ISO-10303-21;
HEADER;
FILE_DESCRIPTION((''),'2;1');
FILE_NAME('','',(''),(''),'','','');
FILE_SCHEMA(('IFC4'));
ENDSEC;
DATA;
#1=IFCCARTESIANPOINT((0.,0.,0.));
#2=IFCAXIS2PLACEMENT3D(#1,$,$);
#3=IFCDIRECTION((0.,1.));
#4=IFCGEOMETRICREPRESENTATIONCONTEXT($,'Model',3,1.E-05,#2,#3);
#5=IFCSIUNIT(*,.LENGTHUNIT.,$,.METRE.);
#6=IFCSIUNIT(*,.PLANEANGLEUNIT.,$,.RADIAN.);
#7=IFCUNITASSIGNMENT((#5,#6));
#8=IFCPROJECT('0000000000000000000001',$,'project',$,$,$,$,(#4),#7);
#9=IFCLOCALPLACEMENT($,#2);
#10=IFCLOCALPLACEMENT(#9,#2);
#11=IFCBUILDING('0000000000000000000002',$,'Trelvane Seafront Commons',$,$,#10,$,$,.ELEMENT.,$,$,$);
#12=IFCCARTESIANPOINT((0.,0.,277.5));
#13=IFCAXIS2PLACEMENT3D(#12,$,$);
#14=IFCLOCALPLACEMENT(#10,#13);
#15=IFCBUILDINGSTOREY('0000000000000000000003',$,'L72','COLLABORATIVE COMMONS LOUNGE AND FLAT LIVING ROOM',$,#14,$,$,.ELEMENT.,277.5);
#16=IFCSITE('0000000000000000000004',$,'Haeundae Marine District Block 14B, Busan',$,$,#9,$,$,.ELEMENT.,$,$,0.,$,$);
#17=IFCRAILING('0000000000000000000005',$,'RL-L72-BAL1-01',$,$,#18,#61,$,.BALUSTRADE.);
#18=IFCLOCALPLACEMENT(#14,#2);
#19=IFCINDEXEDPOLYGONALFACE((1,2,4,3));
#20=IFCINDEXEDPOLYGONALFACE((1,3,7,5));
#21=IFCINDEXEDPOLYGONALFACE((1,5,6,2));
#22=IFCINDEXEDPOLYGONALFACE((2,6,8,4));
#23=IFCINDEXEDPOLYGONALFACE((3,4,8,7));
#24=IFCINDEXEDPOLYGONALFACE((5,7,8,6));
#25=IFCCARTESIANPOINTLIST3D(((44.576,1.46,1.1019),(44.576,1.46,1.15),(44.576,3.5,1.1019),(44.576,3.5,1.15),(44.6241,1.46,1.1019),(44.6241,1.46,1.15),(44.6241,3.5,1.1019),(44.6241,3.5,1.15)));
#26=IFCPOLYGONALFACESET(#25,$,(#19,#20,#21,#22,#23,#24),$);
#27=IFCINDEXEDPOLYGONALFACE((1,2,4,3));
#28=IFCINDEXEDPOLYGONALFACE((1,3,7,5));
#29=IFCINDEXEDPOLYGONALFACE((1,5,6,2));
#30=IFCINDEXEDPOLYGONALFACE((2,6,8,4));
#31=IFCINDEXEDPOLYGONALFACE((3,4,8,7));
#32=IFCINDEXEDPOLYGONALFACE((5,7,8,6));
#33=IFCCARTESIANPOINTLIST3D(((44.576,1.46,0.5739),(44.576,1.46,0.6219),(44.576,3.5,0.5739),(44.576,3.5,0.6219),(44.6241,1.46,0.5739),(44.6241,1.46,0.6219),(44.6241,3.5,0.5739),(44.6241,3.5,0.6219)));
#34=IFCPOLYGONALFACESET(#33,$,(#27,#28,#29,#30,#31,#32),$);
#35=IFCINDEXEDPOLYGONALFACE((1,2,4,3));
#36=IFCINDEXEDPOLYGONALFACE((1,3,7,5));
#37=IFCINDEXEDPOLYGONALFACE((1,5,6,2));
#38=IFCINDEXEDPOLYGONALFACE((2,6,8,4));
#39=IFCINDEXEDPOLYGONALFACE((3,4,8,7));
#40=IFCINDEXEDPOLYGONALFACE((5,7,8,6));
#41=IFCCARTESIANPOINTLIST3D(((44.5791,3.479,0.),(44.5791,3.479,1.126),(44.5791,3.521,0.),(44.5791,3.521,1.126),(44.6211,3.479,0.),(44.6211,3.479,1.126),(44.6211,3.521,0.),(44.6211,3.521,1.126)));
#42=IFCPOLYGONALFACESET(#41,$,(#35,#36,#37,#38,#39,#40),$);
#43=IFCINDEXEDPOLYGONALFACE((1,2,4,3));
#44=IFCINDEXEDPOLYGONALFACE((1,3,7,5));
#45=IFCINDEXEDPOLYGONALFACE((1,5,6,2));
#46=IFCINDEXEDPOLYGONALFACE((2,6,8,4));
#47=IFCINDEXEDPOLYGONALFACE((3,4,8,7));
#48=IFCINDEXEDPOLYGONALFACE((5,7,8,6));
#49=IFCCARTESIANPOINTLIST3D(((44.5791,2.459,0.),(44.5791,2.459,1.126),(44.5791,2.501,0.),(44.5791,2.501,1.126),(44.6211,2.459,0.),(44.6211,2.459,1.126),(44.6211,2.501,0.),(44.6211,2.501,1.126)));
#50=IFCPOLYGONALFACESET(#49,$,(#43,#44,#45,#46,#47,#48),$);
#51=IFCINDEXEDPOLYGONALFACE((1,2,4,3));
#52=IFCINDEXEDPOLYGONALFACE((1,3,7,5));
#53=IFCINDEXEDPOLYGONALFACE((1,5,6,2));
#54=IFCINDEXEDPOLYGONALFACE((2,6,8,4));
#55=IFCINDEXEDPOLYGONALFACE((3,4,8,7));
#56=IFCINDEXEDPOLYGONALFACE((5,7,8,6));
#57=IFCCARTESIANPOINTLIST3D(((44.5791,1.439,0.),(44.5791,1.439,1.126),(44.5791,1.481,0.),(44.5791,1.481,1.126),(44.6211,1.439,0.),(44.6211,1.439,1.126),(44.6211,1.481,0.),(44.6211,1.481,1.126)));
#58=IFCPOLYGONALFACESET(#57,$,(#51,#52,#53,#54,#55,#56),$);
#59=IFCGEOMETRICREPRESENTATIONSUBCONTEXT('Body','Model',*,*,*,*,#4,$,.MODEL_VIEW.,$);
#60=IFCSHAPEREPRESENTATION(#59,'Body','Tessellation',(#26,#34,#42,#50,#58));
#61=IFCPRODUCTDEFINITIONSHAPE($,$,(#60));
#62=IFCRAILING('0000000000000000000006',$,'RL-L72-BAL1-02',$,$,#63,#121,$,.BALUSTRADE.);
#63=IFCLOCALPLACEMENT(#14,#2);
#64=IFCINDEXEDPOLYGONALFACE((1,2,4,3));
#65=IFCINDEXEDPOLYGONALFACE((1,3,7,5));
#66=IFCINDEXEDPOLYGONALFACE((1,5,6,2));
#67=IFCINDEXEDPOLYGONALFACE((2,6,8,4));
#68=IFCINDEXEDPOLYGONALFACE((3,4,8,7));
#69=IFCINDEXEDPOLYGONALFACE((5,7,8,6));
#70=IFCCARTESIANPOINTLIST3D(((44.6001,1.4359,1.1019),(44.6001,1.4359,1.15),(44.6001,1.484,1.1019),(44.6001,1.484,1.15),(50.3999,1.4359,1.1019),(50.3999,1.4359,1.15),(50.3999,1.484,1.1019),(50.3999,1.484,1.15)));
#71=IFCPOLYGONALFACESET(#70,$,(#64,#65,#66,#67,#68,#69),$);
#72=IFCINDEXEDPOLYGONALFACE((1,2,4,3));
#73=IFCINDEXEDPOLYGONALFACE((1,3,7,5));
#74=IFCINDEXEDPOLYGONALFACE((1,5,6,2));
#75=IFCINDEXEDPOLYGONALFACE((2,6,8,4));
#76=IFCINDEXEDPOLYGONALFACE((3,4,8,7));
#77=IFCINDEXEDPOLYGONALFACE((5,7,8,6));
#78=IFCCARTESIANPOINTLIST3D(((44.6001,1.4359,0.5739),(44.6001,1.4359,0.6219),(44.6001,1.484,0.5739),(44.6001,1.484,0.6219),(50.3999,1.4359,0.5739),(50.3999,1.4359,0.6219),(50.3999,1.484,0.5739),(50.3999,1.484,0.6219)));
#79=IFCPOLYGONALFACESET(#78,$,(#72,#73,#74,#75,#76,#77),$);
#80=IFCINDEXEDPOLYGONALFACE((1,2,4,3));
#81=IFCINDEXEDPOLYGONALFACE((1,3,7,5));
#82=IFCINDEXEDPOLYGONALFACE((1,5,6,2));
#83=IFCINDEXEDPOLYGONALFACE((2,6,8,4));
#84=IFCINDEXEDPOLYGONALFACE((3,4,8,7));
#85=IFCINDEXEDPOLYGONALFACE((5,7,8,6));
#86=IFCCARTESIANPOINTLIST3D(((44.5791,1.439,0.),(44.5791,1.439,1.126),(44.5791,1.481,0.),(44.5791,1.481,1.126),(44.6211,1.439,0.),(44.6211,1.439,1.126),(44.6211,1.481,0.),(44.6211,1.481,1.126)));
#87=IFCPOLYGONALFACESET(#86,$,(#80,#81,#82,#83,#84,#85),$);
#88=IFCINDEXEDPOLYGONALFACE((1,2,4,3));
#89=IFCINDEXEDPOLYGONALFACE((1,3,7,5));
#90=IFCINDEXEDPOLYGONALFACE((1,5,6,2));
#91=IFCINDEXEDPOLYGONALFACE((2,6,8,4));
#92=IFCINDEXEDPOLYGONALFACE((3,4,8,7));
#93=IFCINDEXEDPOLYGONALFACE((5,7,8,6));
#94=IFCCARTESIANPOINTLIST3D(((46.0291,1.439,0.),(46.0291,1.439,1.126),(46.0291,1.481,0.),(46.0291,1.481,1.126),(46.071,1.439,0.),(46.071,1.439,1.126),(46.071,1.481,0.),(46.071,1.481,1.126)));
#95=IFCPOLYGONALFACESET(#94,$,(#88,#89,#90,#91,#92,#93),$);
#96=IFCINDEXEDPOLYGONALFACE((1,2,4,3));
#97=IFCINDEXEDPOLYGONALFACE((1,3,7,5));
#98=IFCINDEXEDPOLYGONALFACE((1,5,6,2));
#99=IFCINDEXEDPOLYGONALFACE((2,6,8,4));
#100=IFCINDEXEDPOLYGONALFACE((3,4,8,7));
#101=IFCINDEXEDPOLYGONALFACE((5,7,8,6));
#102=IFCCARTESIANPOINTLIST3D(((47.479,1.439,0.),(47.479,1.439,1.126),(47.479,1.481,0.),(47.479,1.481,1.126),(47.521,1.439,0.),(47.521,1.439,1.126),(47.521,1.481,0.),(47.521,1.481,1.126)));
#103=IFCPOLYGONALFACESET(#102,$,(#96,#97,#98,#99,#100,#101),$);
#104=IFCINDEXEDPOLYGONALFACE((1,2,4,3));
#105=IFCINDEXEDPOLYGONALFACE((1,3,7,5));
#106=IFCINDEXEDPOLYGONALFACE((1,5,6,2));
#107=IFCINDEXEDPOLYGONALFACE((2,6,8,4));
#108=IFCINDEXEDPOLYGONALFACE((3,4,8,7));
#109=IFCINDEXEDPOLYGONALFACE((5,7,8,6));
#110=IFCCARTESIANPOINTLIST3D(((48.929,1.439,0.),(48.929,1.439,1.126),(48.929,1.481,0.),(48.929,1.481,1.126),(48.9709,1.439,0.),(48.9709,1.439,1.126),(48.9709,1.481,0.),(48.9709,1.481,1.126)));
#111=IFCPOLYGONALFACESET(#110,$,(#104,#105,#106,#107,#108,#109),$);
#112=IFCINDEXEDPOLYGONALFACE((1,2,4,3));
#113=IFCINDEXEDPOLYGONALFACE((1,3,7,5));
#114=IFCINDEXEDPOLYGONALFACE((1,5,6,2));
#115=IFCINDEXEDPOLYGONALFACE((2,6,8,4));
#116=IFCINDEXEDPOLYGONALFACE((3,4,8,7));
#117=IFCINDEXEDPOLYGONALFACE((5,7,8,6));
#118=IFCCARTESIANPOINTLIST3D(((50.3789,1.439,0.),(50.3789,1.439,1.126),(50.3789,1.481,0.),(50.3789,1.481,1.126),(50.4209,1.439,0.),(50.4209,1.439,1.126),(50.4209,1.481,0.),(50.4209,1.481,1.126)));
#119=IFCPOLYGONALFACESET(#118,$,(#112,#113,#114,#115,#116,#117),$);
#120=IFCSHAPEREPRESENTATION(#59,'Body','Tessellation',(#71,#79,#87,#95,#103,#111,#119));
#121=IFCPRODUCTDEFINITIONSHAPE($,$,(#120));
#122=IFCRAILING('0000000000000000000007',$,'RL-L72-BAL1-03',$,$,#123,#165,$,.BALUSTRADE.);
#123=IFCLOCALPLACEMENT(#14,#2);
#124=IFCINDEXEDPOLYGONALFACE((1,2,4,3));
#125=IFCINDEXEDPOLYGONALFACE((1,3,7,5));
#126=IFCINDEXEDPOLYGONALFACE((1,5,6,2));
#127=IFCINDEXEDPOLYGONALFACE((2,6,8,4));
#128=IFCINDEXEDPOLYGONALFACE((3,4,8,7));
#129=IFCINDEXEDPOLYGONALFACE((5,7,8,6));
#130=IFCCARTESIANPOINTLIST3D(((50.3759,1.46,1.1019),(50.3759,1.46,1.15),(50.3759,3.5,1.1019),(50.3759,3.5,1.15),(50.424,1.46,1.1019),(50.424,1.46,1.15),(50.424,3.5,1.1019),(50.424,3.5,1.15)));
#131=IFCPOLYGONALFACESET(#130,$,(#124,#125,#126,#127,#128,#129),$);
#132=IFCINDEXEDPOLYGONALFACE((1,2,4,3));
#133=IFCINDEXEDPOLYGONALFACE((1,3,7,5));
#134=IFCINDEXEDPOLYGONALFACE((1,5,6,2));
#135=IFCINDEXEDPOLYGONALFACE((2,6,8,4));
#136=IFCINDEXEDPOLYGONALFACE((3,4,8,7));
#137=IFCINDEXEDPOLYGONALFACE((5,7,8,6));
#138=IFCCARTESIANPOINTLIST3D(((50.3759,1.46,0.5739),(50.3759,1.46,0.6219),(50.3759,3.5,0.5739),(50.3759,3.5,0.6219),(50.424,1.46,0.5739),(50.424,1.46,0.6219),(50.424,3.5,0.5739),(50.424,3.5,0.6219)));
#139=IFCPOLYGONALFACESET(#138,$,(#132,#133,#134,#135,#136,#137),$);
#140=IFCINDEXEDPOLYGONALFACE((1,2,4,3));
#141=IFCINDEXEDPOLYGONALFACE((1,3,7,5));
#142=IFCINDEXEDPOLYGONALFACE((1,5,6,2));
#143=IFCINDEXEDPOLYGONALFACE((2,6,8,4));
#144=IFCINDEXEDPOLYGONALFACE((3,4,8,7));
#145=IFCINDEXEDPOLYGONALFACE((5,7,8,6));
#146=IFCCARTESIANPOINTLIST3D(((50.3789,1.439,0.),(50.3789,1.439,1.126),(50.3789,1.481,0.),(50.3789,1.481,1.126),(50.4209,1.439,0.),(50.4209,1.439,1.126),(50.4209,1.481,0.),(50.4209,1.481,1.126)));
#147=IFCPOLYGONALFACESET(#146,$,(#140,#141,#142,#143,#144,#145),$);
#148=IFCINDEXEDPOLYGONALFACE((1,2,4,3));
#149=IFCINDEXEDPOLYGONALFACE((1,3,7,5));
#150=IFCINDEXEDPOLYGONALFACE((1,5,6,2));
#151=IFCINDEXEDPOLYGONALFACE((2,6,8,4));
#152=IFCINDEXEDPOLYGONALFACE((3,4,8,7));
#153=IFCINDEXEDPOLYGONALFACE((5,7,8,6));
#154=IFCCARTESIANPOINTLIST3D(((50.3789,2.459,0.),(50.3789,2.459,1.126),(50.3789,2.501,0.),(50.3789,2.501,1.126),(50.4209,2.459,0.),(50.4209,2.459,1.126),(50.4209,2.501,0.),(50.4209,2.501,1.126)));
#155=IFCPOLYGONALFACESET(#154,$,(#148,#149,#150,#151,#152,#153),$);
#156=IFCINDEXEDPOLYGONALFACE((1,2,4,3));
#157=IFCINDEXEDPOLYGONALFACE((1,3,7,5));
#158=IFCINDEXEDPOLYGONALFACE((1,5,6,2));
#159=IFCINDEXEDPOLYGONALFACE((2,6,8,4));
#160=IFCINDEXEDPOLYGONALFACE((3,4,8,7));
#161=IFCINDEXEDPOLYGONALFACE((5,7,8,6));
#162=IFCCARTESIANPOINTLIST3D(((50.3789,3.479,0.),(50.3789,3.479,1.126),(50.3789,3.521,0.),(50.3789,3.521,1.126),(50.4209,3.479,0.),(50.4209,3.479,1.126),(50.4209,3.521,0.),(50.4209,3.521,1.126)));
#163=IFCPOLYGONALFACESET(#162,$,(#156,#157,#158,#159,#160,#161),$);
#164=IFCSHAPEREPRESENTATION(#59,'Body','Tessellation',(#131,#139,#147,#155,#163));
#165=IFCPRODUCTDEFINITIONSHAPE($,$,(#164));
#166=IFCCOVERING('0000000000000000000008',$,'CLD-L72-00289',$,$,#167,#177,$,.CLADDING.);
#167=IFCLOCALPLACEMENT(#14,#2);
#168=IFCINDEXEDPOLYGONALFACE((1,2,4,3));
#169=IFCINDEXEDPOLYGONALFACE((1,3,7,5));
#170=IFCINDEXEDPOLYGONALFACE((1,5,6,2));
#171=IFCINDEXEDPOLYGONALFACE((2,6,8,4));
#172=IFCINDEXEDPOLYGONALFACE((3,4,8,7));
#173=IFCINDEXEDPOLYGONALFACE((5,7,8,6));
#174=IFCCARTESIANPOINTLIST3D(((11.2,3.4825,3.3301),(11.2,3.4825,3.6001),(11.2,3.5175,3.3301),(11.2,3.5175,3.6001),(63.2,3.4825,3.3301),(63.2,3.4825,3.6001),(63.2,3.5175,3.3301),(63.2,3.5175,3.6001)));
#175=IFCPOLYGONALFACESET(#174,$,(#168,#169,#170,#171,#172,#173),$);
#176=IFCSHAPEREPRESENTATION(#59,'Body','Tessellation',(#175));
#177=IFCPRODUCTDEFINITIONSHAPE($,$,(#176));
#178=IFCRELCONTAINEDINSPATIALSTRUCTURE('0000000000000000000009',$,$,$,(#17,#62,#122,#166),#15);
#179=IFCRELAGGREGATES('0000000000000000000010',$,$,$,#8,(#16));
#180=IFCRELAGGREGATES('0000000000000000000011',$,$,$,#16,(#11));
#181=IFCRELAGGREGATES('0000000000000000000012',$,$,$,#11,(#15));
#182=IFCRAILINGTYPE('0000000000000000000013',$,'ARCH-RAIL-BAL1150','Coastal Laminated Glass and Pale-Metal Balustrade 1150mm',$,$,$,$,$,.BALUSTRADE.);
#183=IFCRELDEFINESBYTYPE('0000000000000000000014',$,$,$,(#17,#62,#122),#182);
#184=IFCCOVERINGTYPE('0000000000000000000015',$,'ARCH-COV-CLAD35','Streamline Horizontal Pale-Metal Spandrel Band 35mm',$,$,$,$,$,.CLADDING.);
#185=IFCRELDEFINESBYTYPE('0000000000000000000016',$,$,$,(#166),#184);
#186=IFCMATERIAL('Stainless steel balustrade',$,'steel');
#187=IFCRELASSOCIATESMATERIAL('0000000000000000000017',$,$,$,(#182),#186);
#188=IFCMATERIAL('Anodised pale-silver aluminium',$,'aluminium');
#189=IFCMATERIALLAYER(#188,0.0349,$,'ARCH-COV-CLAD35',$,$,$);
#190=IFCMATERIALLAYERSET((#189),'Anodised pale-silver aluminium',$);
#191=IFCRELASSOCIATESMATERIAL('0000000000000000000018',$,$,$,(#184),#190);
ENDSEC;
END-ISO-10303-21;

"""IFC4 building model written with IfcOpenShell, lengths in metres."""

from ifc_helpers import new_model, si_unit, direction, frame, origin, origin_2d, place, context, subcontext, project, spatial, rectangle, extrude, source, transform, mapped, material, layer, layer_set, type_object, element, save


model = new_model("IFC4")

# Units and contexts
model_context = context("Model", 3, precision=1e-05, world=origin(), true_north=direction((0.0, 1.0)))
body_context = subcontext(model_context, "Body", "Model", "MODEL_VIEW")
ifc_project = project(units=[si_unit("LENGTHUNIT", "METRE"), si_unit("PLANEANGLEUNIT", "RADIAN")], contexts=[model_context])

# Site, building, storey
site_placement = place(None, origin())
site = spatial("IfcSite", under=ifc_project, at=site_placement, Name="Haeundae Marine District Block 14B, Busan", CompositionType="ELEMENT", RefElevation=0.0)
building_placement = place(site_placement, origin())
building = spatial("IfcBuilding", under=site, at=building_placement, Name="Trelvane Seafront Commons", CompositionType="ELEMENT")
storey_placement = place(building_placement, frame((0.0, 0.0, 277.5)))
storey = spatial("IfcBuildingStorey", under=building, at=storey_placement, Name="L72", Description="COLLABORATIVE COMMONS LOUNGE AND FLAT LIVING ROOM", CompositionType="ELEMENT", Elevation=277.5)

# Shared definitions
ifc_material_1 = material(Name="Anodised pale-silver aluminium", Category="aluminium")

# Railings
ifc_material_2 = material(Name="Stainless steel balustrade", Category="steel")
railing_type = type_object("IfcRailingType", Name="ARCH-RAIL-BAL1150", Description="Coastal Laminated Glass and Pale-Metal Balustrade 1150mm", PredefinedType="BALUSTRADE", material=ifc_material_2)
railing_1_placement = place(storey_placement, frame((44.6001, 3.5, 0.0)))
element("IfcRailing", 1, at=railing_1_placement, inside=storey, type_object=railing_type, Name="RL-L72-BAL1-01", PredefinedType="BALUSTRADE", context=body_context, shape_type="SweptSolid", body=[
    extrude(rectangle(XDim=0.0481, YDim=0.0481, at=origin_2d()), frame((0.0, 0.0, 1.126), z_axis=(0.0, -1.0, 0.0), x_axis=(1.0, 0.0, 0.0)), (0.0, 0.0, 1.0), 2.04),
    extrude(rectangle(XDim=0.0481, YDim=0.0481, at=origin_2d()), frame((0.0, 0.0, 0.5979), z_axis=(0.0, -1.0, 0.0), x_axis=(1.0, 0.0, 0.0)), (0.0, 0.0, 1.0), 2.04),
    extrude(rectangle(XDim=0.042, YDim=0.042, at=origin_2d()), origin(), (0.0, 0.0, 1.0), 1.126),
    extrude(rectangle(XDim=0.042, YDim=0.042, at=origin_2d()), frame((0.0, -1.02, 0.0)), (0.0, 0.0, 1.0), 1.126),
    extrude(rectangle(XDim=0.042, YDim=0.042, at=origin_2d()), frame((0.0, -2.04, 0.0)), (0.0, 0.0, 1.0), 1.126),
])
railing_2_placement = place(storey_placement, frame((44.6001, 1.46, 0.0)))
element("IfcRailing", 2, at=railing_2_placement, inside=storey, type_object=railing_type, Name="RL-L72-BAL1-02", PredefinedType="BALUSTRADE", context=body_context, shape_type="SweptSolid", body=[
    extrude(rectangle(XDim=0.0481, YDim=0.0481, at=origin_2d()), frame((0.0, 0.0, 1.126), z_axis=(1.0, 0.0, 0.0), x_axis=(0.0, 1.0, 0.0)), (0.0, 0.0, 1.0), 5.7998),
    extrude(rectangle(XDim=0.0481, YDim=0.0481, at=origin_2d()), frame((0.0, 0.0, 0.5979), z_axis=(1.0, 0.0, 0.0), x_axis=(0.0, 1.0, 0.0)), (0.0, 0.0, 1.0), 5.7998),
    extrude(rectangle(XDim=0.042, YDim=0.042, at=origin_2d()), origin(), (0.0, 0.0, 1.0), 1.126),
    extrude(rectangle(XDim=0.042, YDim=0.042, at=origin_2d()), frame((1.45, 0.0, 0.0)), (0.0, 0.0, 1.0), 1.126),
    extrude(rectangle(XDim=0.042, YDim=0.042, at=origin_2d()), frame((2.8999, 0.0, 0.0)), (0.0, 0.0, 1.0), 1.126),
    extrude(rectangle(XDim=0.042, YDim=0.042, at=origin_2d()), frame((4.3499, 0.0, 0.0)), (0.0, 0.0, 1.0), 1.126),
    extrude(rectangle(XDim=0.042, YDim=0.042, at=origin_2d()), frame((5.7998, 0.0, 0.0)), (0.0, 0.0, 1.0), 1.126),
])
railing_3_placement = place(storey_placement, frame((50.3999, 1.46, 0.0)))
element("IfcRailing", 3, at=railing_3_placement, inside=storey, type_object=railing_type, Name="RL-L72-BAL1-03", PredefinedType="BALUSTRADE", context=body_context, shape_type="SweptSolid", body=[
    extrude(rectangle(XDim=0.0481, YDim=0.0481, at=origin_2d()), frame((0.0, 0.0, 1.126), z_axis=(0.0, 1.0, 0.0), x_axis=(-1.0, 0.0, 0.0)), (0.0, 0.0, 1.0), 2.04),
    extrude(rectangle(XDim=0.0481, YDim=0.0481, at=origin_2d()), frame((0.0, 0.0, 0.5979), z_axis=(0.0, 1.0, 0.0), x_axis=(-1.0, 0.0, 0.0)), (0.0, 0.0, 1.0), 2.04),
    extrude(rectangle(XDim=0.042, YDim=0.042, at=origin_2d()), origin(), (0.0, 0.0, 1.0), 1.126),
    extrude(rectangle(XDim=0.042, YDim=0.042, at=origin_2d()), frame((0.0, 1.02, 0.0)), (0.0, 0.0, 1.0), 1.126),
    extrude(rectangle(XDim=0.042, YDim=0.042, at=origin_2d()), frame((0.0, 2.04, 0.0)), (0.0, 0.0, 1.0), 1.126),
])

# Covering
ifc_layer_1 = layer(ifc_material_1, 0.0349, Name="ARCH-COV-CLAD35")
ifc_layer_set_1 = layer_set([ifc_layer_1], Name="Anodised pale-silver aluminium")
covering_type = type_object("IfcCoveringType", Name="ARCH-COV-CLAD35", Description="Streamline Horizontal Pale-Metal Spandrel Band 35mm", PredefinedType="CLADDING", material=ifc_layer_set_1)
shared_shape_1 = source(origin(), body_context, "Body", "SweptSolid", [
    extrude(rectangle(XDim=52.0, YDim=0.0349, at=origin_2d()), origin(), (0.0, 0.0, 1.0), 0.27),
])
covering_placement = place(storey_placement, frame((37.2, 3.5, 3.3301), z_axis=(0.0, 0.0, 1.0), x_axis=(-1.0, 0.0, 0.0)))
element("IfcCovering", 4, at=covering_placement, inside=storey, type_object=covering_type, Name="CLD-L72-00289", PredefinedType="CLADDING", context=body_context, shape_type="MappedRepresentation", body=[
    mapped(shared_shape_1, transform((0.0, 0.0, 0.0), x_axis=(1.0, 0.0, 0.0), y_axis=(0.0, 1.0, 0.0), z_axis=(0.0, 0.0, 1.0), scale=1.0)),
])

save(model, "model.ifc")
